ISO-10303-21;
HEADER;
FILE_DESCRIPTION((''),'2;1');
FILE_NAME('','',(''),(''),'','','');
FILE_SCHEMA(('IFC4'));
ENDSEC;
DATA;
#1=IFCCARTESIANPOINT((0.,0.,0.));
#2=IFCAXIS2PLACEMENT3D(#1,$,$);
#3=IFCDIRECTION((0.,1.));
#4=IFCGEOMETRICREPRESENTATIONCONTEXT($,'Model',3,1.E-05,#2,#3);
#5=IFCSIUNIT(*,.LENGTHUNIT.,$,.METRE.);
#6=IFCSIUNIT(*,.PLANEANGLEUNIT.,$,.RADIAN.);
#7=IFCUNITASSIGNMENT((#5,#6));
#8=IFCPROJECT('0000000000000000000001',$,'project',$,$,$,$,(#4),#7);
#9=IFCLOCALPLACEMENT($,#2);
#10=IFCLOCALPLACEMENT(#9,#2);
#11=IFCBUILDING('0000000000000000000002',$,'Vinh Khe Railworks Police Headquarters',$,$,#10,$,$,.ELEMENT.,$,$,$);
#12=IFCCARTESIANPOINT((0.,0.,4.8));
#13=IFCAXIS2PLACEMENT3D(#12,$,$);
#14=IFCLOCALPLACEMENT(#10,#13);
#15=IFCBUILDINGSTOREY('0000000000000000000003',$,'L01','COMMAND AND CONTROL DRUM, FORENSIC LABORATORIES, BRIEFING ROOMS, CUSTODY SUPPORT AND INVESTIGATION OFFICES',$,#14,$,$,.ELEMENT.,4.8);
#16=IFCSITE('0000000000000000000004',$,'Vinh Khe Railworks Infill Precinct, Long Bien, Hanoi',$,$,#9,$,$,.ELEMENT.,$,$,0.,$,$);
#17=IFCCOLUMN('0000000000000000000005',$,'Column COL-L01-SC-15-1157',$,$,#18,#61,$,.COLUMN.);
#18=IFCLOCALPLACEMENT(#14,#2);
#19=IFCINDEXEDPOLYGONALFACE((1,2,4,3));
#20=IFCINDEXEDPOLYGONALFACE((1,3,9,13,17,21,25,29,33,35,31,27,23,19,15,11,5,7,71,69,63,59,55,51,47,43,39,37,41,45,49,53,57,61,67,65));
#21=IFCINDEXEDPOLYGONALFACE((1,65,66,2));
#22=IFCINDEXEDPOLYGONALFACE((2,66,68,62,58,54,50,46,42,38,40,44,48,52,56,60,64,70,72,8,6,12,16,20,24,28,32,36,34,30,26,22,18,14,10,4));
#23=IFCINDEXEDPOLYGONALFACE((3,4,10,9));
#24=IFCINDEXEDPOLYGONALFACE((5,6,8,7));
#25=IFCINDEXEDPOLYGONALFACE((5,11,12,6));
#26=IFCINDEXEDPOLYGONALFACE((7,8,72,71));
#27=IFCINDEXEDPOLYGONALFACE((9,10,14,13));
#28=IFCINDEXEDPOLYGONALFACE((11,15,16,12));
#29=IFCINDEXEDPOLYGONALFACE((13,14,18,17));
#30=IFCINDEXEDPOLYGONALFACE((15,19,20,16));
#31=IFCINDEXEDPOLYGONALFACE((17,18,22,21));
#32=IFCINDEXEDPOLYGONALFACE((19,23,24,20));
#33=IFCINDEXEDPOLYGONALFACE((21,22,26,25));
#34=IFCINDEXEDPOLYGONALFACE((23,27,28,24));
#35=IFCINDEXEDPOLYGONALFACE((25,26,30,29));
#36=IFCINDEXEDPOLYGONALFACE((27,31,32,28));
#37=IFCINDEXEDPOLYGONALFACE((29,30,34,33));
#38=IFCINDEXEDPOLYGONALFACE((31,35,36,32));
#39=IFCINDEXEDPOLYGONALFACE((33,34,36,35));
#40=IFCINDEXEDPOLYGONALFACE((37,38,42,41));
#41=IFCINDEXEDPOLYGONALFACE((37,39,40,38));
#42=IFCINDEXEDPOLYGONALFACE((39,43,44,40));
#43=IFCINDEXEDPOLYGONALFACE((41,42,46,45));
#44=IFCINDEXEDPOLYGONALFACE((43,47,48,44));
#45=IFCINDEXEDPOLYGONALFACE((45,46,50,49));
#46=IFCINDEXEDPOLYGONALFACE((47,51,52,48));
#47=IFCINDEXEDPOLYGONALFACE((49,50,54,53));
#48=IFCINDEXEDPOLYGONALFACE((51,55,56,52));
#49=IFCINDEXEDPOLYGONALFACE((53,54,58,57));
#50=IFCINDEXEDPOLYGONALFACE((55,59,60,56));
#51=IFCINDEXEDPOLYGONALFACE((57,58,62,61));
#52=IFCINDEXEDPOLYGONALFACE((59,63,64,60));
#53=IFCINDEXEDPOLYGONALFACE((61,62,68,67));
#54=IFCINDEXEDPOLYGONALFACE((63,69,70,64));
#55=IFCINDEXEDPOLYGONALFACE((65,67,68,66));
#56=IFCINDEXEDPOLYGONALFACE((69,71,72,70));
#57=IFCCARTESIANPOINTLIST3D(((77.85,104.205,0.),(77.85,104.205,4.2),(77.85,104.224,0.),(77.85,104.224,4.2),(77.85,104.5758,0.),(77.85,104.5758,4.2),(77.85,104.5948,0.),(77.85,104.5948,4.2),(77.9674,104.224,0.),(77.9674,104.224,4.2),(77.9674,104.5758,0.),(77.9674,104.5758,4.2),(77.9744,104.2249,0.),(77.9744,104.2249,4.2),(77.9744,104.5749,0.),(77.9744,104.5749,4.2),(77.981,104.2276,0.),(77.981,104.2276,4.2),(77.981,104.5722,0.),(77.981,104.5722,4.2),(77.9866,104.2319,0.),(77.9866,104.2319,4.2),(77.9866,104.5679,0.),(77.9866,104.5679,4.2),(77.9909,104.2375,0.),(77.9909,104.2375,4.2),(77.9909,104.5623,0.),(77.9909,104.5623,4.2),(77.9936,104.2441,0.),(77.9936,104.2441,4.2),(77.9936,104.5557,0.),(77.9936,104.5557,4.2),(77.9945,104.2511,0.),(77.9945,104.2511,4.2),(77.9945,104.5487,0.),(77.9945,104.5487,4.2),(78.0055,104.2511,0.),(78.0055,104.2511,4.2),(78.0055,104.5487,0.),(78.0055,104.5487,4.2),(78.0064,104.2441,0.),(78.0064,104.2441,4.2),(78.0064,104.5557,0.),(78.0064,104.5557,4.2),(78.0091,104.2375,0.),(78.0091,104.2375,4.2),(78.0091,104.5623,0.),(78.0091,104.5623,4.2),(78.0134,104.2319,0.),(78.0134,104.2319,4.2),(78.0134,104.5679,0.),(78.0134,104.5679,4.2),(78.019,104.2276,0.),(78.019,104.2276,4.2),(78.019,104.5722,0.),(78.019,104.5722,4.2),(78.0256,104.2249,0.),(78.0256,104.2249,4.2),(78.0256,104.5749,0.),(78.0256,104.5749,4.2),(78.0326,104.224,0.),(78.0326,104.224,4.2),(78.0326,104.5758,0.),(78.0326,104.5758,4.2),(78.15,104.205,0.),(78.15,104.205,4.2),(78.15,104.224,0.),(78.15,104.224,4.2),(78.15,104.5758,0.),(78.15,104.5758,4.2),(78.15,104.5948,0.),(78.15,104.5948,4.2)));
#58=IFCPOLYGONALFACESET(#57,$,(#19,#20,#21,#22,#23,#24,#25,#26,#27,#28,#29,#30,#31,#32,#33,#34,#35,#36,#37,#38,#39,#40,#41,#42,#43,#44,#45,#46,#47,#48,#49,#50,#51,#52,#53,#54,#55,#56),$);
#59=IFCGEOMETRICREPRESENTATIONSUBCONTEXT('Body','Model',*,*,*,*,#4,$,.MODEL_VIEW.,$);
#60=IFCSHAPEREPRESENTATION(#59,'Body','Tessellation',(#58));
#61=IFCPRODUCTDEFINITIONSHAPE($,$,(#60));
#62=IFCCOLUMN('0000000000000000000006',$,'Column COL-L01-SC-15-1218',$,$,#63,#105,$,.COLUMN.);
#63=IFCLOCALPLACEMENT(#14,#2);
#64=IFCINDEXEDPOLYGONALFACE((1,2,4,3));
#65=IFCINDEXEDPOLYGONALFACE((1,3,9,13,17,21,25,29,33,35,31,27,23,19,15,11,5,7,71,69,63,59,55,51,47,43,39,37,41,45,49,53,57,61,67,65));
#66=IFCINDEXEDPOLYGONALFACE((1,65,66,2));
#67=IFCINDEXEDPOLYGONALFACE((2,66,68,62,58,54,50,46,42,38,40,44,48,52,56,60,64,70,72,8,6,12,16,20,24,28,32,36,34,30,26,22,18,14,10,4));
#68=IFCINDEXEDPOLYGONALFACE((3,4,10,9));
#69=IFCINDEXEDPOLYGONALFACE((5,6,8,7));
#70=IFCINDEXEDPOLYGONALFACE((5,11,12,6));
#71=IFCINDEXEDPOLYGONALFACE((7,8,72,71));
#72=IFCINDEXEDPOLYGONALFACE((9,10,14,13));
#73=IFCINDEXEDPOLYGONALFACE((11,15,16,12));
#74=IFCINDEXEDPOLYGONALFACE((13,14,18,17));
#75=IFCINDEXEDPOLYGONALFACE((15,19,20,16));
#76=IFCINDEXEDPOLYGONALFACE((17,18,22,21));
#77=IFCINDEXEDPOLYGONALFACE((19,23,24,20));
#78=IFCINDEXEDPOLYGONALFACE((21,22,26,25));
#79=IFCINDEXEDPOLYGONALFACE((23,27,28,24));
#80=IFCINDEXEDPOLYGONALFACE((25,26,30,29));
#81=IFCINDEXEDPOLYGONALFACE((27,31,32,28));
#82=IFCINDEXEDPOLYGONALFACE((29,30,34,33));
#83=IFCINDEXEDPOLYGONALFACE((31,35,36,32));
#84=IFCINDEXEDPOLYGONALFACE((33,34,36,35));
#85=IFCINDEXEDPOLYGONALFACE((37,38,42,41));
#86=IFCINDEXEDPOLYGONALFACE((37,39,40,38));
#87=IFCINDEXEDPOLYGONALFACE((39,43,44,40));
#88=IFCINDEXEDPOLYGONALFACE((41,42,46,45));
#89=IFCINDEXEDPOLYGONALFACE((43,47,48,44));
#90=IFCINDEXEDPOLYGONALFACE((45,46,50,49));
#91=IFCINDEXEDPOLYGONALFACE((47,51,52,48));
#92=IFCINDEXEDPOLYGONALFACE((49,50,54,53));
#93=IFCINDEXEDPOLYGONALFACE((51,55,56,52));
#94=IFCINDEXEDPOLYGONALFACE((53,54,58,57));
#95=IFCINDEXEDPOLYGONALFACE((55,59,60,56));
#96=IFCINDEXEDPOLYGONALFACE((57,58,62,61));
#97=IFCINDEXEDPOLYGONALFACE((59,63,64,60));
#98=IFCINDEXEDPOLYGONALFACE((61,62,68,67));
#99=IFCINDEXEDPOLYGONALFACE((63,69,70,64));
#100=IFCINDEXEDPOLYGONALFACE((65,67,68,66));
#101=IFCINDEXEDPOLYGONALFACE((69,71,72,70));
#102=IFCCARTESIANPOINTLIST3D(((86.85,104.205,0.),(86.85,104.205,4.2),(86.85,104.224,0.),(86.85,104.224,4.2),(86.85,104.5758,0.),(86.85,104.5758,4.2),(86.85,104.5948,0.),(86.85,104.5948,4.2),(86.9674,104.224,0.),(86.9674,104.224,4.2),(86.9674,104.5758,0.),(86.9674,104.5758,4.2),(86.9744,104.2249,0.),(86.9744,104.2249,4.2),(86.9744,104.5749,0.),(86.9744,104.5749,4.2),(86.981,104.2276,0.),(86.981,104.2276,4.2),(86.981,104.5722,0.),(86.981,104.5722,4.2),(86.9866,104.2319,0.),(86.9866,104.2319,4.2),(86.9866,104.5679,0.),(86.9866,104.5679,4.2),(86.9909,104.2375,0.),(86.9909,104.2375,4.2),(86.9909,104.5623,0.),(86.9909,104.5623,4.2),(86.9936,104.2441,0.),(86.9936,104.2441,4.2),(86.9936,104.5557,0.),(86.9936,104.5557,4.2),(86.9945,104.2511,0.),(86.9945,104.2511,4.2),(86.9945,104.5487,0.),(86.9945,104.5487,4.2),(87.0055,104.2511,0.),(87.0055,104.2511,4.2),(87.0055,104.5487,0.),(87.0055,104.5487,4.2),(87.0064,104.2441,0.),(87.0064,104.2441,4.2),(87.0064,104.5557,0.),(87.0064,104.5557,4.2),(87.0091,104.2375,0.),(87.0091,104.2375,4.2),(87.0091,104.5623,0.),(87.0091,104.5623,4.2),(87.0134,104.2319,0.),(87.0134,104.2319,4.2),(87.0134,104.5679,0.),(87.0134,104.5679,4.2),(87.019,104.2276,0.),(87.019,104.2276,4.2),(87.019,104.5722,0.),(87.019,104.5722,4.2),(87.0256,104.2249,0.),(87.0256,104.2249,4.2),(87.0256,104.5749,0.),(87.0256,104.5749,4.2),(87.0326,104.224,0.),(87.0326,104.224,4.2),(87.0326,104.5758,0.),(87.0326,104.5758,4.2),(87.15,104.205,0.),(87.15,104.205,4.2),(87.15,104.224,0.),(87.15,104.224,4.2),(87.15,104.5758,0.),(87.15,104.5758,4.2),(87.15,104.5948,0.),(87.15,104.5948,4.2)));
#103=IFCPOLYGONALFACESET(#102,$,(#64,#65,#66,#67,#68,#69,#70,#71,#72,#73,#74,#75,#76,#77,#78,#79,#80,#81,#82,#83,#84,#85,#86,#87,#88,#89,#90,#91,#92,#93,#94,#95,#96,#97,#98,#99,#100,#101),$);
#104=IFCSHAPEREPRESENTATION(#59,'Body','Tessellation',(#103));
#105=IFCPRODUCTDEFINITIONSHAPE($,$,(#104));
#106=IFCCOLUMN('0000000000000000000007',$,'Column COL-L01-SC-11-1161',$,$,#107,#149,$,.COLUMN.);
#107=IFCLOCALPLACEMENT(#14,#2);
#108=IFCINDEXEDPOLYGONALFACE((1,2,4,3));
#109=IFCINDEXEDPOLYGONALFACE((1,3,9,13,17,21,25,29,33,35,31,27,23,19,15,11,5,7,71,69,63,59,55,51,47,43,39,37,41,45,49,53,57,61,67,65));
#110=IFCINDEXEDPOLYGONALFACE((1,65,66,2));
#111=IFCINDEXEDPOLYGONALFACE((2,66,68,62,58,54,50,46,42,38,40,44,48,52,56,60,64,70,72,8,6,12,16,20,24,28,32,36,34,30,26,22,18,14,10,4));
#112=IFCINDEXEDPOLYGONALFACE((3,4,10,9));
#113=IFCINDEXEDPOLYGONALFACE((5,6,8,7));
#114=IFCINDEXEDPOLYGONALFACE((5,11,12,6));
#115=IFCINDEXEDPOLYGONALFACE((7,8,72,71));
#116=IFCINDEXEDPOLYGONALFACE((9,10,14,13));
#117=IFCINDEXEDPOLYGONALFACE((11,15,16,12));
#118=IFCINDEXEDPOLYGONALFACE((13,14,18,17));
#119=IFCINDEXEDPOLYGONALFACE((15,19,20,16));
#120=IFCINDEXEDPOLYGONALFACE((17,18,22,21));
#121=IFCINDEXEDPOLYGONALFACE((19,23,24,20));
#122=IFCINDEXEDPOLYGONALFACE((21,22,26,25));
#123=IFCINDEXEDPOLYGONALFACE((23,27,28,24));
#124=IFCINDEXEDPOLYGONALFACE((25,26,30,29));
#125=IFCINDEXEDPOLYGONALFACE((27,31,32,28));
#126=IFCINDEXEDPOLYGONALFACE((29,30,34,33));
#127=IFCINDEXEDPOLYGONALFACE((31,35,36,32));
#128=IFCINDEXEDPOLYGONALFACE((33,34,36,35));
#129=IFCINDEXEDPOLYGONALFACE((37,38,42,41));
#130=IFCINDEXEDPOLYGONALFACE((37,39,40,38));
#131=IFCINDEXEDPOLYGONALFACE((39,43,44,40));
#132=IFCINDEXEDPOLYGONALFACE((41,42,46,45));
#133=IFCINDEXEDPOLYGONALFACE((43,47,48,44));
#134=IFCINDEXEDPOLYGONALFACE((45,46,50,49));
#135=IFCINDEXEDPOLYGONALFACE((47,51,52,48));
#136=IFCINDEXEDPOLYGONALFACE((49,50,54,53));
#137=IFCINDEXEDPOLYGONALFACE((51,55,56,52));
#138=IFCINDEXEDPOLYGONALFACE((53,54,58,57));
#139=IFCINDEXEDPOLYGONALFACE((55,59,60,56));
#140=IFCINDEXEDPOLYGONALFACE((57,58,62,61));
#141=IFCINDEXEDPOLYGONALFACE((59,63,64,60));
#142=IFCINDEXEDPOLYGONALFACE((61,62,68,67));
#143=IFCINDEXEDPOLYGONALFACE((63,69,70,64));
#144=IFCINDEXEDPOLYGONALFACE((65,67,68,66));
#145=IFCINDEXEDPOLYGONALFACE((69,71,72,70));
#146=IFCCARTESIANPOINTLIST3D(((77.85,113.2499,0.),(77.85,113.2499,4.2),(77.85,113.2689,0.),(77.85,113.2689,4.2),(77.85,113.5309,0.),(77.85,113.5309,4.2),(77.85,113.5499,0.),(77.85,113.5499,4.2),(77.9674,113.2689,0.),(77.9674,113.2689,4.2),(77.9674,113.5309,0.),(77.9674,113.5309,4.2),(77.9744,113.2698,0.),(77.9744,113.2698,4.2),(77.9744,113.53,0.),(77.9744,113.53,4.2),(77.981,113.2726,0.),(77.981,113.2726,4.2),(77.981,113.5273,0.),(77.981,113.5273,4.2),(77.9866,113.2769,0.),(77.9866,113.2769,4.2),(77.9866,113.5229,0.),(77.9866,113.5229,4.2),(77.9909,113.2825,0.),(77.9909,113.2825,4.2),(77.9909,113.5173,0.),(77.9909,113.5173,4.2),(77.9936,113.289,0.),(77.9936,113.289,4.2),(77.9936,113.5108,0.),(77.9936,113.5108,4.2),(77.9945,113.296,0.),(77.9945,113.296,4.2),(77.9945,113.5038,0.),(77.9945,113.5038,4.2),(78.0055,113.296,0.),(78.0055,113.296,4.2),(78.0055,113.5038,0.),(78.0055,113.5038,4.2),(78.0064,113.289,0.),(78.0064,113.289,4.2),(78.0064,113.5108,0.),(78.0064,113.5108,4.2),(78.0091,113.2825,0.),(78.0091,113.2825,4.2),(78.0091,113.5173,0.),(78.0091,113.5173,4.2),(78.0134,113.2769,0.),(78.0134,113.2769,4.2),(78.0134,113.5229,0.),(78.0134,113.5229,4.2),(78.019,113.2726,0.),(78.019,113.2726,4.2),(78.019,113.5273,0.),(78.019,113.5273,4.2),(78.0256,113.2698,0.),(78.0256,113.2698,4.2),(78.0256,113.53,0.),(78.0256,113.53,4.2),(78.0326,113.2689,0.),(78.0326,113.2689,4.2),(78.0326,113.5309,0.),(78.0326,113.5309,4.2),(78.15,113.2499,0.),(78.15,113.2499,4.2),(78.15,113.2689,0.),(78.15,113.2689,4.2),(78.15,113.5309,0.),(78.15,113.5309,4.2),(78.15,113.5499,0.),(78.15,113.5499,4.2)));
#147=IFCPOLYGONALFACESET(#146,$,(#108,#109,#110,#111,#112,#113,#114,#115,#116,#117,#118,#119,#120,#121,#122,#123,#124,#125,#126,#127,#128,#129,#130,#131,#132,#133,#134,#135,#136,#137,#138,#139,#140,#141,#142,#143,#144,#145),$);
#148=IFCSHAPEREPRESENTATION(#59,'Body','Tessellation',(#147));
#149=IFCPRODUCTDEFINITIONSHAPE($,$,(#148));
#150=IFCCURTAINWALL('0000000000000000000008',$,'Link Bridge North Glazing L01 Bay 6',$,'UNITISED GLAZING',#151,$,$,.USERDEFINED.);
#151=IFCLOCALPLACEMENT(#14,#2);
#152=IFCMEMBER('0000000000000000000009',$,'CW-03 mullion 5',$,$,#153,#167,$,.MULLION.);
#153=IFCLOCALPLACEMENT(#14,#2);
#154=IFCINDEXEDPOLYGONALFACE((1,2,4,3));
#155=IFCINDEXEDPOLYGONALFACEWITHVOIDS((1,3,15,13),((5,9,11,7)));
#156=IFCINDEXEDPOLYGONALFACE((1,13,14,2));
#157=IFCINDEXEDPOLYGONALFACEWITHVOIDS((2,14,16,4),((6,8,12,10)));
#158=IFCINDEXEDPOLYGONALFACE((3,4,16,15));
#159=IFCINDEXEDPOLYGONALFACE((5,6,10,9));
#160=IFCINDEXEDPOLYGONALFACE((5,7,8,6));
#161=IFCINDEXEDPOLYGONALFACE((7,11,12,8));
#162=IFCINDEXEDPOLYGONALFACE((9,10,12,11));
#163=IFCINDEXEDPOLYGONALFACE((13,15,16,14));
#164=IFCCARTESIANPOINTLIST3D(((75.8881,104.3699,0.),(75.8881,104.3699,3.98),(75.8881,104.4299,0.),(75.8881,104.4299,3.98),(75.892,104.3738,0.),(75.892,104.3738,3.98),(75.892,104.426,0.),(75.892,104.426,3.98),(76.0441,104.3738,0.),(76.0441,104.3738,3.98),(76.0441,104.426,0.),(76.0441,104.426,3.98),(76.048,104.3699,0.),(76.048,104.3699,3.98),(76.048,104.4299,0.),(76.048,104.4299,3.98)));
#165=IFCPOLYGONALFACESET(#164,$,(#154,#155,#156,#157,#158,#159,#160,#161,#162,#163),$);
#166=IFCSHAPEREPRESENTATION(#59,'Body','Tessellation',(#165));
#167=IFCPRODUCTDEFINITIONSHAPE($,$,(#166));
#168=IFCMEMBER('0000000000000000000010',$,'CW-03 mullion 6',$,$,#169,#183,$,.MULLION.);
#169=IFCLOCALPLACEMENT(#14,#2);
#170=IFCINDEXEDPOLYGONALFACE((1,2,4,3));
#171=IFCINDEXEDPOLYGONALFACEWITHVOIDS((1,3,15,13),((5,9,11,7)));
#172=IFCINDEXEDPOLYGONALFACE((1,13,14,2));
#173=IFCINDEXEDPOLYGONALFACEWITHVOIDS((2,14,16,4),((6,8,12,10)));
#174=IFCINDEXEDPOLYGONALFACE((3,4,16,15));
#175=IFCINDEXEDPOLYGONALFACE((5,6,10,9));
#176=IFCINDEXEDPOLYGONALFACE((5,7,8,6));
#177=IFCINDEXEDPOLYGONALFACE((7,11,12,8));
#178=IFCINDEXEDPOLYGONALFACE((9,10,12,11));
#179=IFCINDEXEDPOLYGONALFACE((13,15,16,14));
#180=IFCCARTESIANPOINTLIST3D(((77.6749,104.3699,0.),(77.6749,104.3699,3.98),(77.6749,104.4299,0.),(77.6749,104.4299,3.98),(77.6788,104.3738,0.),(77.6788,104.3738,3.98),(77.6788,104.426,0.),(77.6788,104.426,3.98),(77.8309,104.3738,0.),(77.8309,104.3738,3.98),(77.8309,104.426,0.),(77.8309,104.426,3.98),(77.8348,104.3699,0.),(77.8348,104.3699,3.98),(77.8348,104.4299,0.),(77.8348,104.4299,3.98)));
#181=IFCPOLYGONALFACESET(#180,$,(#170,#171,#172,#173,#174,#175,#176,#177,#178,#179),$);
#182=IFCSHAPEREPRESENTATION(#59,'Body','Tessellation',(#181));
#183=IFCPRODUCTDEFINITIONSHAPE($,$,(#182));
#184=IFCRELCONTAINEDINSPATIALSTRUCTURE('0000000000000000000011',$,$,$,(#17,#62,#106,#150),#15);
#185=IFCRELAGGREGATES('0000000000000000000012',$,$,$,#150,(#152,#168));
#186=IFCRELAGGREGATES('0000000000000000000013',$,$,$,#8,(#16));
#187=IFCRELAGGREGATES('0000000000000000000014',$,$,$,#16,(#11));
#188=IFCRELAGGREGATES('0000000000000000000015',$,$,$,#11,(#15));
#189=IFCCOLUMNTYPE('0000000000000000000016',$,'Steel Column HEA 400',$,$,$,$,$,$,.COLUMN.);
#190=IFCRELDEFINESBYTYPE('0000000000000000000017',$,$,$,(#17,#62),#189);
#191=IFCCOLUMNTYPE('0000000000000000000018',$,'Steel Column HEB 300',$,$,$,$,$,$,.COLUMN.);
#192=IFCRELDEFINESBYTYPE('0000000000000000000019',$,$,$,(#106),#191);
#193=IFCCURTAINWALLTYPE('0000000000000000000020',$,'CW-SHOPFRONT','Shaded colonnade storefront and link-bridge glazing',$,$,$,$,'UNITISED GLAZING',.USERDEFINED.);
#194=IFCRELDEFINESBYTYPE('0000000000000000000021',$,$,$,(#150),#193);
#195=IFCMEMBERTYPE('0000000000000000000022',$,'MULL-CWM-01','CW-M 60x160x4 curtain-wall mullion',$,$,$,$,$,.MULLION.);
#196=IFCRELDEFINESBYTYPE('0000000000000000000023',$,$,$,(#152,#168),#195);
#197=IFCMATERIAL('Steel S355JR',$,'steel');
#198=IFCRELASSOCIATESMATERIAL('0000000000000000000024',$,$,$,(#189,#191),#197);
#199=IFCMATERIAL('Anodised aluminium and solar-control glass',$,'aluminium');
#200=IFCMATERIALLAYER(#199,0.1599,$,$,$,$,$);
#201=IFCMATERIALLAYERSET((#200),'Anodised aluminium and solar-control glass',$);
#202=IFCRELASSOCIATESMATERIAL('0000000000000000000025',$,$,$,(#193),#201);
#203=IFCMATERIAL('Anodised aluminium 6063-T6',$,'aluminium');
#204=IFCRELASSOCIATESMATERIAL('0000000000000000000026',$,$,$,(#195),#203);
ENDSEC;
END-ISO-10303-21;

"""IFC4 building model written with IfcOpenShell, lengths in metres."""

from ifc_helpers import new_model, si_unit, direction, frame, origin, origin_2d, place, context, subcontext, project, spatial, hollow_rectangle, i_section, extrude, material, layer, layer_set, material_profile, profile_set, type_object, element, aggregate, save


model = new_model("IFC4")

# Units and contexts
model_context = context("Model", 3, precision=1e-05, world=origin(), true_north=direction((0.0, 1.0)))
body_context = subcontext(model_context, "Body", "Model", "MODEL_VIEW")
ifc_project = project(units=[si_unit("LENGTHUNIT", "METRE"), si_unit("PLANEANGLEUNIT", "RADIAN")], contexts=[model_context])

# Site, building, storey
site_placement = place(None, origin())
site = spatial("IfcSite", under=ifc_project, at=site_placement, Name="Vinh Khe Railworks Infill Precinct, Long Bien, Hanoi", CompositionType="ELEMENT", RefElevation=0.0)
building_placement = place(site_placement, origin())
building = spatial("IfcBuilding", under=site, at=building_placement, Name="Vinh Khe Railworks Police Headquarters", CompositionType="ELEMENT")
storey_placement = place(building_placement, frame((0.0, 0.0, 4.8)))
storey = spatial("IfcBuildingStorey", under=building, at=storey_placement, Name="L01", Description="COMMAND AND CONTROL DRUM, FORENSIC LABORATORIES, BRIEFING ROOMS, CUSTODY SUPPORT AND INVESTIGATION OFFICES", CompositionType="ELEMENT", Elevation=4.8)

# Columns
ifc_material_1 = material(Name="Steel S355JR", Category="steel")
ifc_material_profile_1 = material_profile(ifc_material_1, i_section(OverallWidth=0.3, OverallDepth=0.3899, WebThickness=0.011, FlangeThickness=0.019, FilletRadius=0.0271, at=origin_2d()), Name="HEA 400")
ifc_profile_set_1 = profile_set([ifc_material_profile_1], Name="Steel S355JR")
column_type_1 = type_object("IfcColumnType", Name="Steel Column HEA 400", PredefinedType="COLUMN", material=ifc_profile_set_1)
for number, where, z_axis, x_axis, name in (
    (1, (78.0, 104.3999, 0.0), (0.0, 0.0, 1.0), (1.0, 0.0, 0.0), "Column COL-L01-SC-15-1157"),
    (2, (87.0, 104.3999, 0.0), (0.0, 0.0, 1.0), (1.0, 0.0, 0.0), "Column COL-L01-SC-15-1218"),
):
    element("IfcColumn", number, at=place(storey_placement, frame(where, z_axis=z_axis, x_axis=x_axis)), inside=storey, type_object=column_type_1, Name=name, PredefinedType="COLUMN", context=body_context, shape_type="SweptSolid", body=[
        extrude(i_section(OverallWidth=0.3, OverallDepth=0.3899, WebThickness=0.011, FlangeThickness=0.019, FilletRadius=0.0271, at=origin_2d()), origin(), (0.0, 0.0, 1.0), 4.2),
    ])
ifc_material_profile_2 = material_profile(ifc_material_1, i_section(OverallWidth=0.3, OverallDepth=0.3, WebThickness=0.011, FlangeThickness=0.019, FilletRadius=0.0271, at=origin_2d()), Name="HEB 300")
ifc_profile_set_2 = profile_set([ifc_material_profile_2], Name="Steel S355JR")
column_type_2 = type_object("IfcColumnType", Name="Steel Column HEB 300", PredefinedType="COLUMN", material=ifc_profile_set_2)
column_placement = place(storey_placement, frame((78.0, 113.3999, 0.0), z_axis=(0.0, 0.0, 1.0), x_axis=(1.0, 0.0, 0.0)))
element("IfcColumn", 3, at=column_placement, inside=storey, type_object=column_type_2, Name="Column COL-L01-SC-11-1161", PredefinedType="COLUMN", context=body_context, shape_type="SweptSolid", body=[
    extrude(i_section(OverallWidth=0.3, OverallDepth=0.3, WebThickness=0.011, FlangeThickness=0.019, FilletRadius=0.0271, at=origin_2d()), origin(), (0.0, 0.0, 1.0), 4.2),
])

# Curtain wall, members
ifc_material_2 = material(Name="Anodised aluminium and solar-control glass", Category="aluminium")
ifc_layer_1 = layer(ifc_material_2, 0.1599)
ifc_layer_set_1 = layer_set([ifc_layer_1], Name="Anodised aluminium and solar-control glass")
curtain_wall_type = type_object("IfcCurtainWallType", Name="CW-SHOPFRONT", Description="Shaded colonnade storefront and link-bridge glazing", ElementType="UNITISED GLAZING", PredefinedType="USERDEFINED", material=ifc_layer_set_1)
curtain_wall_placement = place(storey_placement, origin())
curtain_wall = element("IfcCurtainWall", 4, at=curtain_wall_placement, inside=storey, type_object=curtain_wall_type, Name="Link Bridge North Glazing L01 Bay 6", ObjectType="UNITISED GLAZING", PredefinedType="USERDEFINED")
ifc_material_3 = material(Name="Anodised aluminium 6063-T6", Category="aluminium")
ifc_material_profile_3 = material_profile(ifc_material_3, hollow_rectangle(XDim=0.0601, YDim=0.1599, WallThickness=0.0039, at=origin_2d()), Name="CW-M 60x160x4")
ifc_profile_set_3 = profile_set([ifc_material_profile_3], Name="Anodised aluminium 6063-T6")
member_type_1 = type_object("IfcMemberType", Name="MULL-CWM-01", Description="CW-M 60x160x4 curtain-wall mullion", PredefinedType="MULLION", material=ifc_profile_set_3)
member_1_placement = place(storey_placement, frame((75.968, 104.3999, 0.0), z_axis=(0.0, 0.0, 1.0), x_axis=(0.0, 1.0, 0.0)))
member_1 = element("IfcMember", 5, at=member_1_placement, type_object=member_type_1, Name="CW-03 mullion 5", PredefinedType="MULLION", context=body_context, shape_type="SweptSolid", body=[
    extrude(hollow_rectangle(XDim=0.0601, YDim=0.1599, WallThickness=0.0039, at=origin_2d()), origin(), (0.0, 0.0, 1.0), 3.98),
])
member_2_placement = place(storey_placement, frame((77.7549, 104.3999, 0.0), z_axis=(0.0, 0.0, 1.0), x_axis=(0.0, 1.0, 0.0)))
member_2 = element("IfcMember", 6, at=member_2_placement, type_object=member_type_1, Name="CW-03 mullion 6", PredefinedType="MULLION", context=body_context, shape_type="SweptSolid", body=[
    extrude(hollow_rectangle(XDim=0.0601, YDim=0.1599, WallThickness=0.0039, at=origin_2d()), origin(), (0.0, 0.0, 1.0), 3.98),
])

aggregate(curtain_wall, [member_1, member_2])

save(model, "model.ifc")
